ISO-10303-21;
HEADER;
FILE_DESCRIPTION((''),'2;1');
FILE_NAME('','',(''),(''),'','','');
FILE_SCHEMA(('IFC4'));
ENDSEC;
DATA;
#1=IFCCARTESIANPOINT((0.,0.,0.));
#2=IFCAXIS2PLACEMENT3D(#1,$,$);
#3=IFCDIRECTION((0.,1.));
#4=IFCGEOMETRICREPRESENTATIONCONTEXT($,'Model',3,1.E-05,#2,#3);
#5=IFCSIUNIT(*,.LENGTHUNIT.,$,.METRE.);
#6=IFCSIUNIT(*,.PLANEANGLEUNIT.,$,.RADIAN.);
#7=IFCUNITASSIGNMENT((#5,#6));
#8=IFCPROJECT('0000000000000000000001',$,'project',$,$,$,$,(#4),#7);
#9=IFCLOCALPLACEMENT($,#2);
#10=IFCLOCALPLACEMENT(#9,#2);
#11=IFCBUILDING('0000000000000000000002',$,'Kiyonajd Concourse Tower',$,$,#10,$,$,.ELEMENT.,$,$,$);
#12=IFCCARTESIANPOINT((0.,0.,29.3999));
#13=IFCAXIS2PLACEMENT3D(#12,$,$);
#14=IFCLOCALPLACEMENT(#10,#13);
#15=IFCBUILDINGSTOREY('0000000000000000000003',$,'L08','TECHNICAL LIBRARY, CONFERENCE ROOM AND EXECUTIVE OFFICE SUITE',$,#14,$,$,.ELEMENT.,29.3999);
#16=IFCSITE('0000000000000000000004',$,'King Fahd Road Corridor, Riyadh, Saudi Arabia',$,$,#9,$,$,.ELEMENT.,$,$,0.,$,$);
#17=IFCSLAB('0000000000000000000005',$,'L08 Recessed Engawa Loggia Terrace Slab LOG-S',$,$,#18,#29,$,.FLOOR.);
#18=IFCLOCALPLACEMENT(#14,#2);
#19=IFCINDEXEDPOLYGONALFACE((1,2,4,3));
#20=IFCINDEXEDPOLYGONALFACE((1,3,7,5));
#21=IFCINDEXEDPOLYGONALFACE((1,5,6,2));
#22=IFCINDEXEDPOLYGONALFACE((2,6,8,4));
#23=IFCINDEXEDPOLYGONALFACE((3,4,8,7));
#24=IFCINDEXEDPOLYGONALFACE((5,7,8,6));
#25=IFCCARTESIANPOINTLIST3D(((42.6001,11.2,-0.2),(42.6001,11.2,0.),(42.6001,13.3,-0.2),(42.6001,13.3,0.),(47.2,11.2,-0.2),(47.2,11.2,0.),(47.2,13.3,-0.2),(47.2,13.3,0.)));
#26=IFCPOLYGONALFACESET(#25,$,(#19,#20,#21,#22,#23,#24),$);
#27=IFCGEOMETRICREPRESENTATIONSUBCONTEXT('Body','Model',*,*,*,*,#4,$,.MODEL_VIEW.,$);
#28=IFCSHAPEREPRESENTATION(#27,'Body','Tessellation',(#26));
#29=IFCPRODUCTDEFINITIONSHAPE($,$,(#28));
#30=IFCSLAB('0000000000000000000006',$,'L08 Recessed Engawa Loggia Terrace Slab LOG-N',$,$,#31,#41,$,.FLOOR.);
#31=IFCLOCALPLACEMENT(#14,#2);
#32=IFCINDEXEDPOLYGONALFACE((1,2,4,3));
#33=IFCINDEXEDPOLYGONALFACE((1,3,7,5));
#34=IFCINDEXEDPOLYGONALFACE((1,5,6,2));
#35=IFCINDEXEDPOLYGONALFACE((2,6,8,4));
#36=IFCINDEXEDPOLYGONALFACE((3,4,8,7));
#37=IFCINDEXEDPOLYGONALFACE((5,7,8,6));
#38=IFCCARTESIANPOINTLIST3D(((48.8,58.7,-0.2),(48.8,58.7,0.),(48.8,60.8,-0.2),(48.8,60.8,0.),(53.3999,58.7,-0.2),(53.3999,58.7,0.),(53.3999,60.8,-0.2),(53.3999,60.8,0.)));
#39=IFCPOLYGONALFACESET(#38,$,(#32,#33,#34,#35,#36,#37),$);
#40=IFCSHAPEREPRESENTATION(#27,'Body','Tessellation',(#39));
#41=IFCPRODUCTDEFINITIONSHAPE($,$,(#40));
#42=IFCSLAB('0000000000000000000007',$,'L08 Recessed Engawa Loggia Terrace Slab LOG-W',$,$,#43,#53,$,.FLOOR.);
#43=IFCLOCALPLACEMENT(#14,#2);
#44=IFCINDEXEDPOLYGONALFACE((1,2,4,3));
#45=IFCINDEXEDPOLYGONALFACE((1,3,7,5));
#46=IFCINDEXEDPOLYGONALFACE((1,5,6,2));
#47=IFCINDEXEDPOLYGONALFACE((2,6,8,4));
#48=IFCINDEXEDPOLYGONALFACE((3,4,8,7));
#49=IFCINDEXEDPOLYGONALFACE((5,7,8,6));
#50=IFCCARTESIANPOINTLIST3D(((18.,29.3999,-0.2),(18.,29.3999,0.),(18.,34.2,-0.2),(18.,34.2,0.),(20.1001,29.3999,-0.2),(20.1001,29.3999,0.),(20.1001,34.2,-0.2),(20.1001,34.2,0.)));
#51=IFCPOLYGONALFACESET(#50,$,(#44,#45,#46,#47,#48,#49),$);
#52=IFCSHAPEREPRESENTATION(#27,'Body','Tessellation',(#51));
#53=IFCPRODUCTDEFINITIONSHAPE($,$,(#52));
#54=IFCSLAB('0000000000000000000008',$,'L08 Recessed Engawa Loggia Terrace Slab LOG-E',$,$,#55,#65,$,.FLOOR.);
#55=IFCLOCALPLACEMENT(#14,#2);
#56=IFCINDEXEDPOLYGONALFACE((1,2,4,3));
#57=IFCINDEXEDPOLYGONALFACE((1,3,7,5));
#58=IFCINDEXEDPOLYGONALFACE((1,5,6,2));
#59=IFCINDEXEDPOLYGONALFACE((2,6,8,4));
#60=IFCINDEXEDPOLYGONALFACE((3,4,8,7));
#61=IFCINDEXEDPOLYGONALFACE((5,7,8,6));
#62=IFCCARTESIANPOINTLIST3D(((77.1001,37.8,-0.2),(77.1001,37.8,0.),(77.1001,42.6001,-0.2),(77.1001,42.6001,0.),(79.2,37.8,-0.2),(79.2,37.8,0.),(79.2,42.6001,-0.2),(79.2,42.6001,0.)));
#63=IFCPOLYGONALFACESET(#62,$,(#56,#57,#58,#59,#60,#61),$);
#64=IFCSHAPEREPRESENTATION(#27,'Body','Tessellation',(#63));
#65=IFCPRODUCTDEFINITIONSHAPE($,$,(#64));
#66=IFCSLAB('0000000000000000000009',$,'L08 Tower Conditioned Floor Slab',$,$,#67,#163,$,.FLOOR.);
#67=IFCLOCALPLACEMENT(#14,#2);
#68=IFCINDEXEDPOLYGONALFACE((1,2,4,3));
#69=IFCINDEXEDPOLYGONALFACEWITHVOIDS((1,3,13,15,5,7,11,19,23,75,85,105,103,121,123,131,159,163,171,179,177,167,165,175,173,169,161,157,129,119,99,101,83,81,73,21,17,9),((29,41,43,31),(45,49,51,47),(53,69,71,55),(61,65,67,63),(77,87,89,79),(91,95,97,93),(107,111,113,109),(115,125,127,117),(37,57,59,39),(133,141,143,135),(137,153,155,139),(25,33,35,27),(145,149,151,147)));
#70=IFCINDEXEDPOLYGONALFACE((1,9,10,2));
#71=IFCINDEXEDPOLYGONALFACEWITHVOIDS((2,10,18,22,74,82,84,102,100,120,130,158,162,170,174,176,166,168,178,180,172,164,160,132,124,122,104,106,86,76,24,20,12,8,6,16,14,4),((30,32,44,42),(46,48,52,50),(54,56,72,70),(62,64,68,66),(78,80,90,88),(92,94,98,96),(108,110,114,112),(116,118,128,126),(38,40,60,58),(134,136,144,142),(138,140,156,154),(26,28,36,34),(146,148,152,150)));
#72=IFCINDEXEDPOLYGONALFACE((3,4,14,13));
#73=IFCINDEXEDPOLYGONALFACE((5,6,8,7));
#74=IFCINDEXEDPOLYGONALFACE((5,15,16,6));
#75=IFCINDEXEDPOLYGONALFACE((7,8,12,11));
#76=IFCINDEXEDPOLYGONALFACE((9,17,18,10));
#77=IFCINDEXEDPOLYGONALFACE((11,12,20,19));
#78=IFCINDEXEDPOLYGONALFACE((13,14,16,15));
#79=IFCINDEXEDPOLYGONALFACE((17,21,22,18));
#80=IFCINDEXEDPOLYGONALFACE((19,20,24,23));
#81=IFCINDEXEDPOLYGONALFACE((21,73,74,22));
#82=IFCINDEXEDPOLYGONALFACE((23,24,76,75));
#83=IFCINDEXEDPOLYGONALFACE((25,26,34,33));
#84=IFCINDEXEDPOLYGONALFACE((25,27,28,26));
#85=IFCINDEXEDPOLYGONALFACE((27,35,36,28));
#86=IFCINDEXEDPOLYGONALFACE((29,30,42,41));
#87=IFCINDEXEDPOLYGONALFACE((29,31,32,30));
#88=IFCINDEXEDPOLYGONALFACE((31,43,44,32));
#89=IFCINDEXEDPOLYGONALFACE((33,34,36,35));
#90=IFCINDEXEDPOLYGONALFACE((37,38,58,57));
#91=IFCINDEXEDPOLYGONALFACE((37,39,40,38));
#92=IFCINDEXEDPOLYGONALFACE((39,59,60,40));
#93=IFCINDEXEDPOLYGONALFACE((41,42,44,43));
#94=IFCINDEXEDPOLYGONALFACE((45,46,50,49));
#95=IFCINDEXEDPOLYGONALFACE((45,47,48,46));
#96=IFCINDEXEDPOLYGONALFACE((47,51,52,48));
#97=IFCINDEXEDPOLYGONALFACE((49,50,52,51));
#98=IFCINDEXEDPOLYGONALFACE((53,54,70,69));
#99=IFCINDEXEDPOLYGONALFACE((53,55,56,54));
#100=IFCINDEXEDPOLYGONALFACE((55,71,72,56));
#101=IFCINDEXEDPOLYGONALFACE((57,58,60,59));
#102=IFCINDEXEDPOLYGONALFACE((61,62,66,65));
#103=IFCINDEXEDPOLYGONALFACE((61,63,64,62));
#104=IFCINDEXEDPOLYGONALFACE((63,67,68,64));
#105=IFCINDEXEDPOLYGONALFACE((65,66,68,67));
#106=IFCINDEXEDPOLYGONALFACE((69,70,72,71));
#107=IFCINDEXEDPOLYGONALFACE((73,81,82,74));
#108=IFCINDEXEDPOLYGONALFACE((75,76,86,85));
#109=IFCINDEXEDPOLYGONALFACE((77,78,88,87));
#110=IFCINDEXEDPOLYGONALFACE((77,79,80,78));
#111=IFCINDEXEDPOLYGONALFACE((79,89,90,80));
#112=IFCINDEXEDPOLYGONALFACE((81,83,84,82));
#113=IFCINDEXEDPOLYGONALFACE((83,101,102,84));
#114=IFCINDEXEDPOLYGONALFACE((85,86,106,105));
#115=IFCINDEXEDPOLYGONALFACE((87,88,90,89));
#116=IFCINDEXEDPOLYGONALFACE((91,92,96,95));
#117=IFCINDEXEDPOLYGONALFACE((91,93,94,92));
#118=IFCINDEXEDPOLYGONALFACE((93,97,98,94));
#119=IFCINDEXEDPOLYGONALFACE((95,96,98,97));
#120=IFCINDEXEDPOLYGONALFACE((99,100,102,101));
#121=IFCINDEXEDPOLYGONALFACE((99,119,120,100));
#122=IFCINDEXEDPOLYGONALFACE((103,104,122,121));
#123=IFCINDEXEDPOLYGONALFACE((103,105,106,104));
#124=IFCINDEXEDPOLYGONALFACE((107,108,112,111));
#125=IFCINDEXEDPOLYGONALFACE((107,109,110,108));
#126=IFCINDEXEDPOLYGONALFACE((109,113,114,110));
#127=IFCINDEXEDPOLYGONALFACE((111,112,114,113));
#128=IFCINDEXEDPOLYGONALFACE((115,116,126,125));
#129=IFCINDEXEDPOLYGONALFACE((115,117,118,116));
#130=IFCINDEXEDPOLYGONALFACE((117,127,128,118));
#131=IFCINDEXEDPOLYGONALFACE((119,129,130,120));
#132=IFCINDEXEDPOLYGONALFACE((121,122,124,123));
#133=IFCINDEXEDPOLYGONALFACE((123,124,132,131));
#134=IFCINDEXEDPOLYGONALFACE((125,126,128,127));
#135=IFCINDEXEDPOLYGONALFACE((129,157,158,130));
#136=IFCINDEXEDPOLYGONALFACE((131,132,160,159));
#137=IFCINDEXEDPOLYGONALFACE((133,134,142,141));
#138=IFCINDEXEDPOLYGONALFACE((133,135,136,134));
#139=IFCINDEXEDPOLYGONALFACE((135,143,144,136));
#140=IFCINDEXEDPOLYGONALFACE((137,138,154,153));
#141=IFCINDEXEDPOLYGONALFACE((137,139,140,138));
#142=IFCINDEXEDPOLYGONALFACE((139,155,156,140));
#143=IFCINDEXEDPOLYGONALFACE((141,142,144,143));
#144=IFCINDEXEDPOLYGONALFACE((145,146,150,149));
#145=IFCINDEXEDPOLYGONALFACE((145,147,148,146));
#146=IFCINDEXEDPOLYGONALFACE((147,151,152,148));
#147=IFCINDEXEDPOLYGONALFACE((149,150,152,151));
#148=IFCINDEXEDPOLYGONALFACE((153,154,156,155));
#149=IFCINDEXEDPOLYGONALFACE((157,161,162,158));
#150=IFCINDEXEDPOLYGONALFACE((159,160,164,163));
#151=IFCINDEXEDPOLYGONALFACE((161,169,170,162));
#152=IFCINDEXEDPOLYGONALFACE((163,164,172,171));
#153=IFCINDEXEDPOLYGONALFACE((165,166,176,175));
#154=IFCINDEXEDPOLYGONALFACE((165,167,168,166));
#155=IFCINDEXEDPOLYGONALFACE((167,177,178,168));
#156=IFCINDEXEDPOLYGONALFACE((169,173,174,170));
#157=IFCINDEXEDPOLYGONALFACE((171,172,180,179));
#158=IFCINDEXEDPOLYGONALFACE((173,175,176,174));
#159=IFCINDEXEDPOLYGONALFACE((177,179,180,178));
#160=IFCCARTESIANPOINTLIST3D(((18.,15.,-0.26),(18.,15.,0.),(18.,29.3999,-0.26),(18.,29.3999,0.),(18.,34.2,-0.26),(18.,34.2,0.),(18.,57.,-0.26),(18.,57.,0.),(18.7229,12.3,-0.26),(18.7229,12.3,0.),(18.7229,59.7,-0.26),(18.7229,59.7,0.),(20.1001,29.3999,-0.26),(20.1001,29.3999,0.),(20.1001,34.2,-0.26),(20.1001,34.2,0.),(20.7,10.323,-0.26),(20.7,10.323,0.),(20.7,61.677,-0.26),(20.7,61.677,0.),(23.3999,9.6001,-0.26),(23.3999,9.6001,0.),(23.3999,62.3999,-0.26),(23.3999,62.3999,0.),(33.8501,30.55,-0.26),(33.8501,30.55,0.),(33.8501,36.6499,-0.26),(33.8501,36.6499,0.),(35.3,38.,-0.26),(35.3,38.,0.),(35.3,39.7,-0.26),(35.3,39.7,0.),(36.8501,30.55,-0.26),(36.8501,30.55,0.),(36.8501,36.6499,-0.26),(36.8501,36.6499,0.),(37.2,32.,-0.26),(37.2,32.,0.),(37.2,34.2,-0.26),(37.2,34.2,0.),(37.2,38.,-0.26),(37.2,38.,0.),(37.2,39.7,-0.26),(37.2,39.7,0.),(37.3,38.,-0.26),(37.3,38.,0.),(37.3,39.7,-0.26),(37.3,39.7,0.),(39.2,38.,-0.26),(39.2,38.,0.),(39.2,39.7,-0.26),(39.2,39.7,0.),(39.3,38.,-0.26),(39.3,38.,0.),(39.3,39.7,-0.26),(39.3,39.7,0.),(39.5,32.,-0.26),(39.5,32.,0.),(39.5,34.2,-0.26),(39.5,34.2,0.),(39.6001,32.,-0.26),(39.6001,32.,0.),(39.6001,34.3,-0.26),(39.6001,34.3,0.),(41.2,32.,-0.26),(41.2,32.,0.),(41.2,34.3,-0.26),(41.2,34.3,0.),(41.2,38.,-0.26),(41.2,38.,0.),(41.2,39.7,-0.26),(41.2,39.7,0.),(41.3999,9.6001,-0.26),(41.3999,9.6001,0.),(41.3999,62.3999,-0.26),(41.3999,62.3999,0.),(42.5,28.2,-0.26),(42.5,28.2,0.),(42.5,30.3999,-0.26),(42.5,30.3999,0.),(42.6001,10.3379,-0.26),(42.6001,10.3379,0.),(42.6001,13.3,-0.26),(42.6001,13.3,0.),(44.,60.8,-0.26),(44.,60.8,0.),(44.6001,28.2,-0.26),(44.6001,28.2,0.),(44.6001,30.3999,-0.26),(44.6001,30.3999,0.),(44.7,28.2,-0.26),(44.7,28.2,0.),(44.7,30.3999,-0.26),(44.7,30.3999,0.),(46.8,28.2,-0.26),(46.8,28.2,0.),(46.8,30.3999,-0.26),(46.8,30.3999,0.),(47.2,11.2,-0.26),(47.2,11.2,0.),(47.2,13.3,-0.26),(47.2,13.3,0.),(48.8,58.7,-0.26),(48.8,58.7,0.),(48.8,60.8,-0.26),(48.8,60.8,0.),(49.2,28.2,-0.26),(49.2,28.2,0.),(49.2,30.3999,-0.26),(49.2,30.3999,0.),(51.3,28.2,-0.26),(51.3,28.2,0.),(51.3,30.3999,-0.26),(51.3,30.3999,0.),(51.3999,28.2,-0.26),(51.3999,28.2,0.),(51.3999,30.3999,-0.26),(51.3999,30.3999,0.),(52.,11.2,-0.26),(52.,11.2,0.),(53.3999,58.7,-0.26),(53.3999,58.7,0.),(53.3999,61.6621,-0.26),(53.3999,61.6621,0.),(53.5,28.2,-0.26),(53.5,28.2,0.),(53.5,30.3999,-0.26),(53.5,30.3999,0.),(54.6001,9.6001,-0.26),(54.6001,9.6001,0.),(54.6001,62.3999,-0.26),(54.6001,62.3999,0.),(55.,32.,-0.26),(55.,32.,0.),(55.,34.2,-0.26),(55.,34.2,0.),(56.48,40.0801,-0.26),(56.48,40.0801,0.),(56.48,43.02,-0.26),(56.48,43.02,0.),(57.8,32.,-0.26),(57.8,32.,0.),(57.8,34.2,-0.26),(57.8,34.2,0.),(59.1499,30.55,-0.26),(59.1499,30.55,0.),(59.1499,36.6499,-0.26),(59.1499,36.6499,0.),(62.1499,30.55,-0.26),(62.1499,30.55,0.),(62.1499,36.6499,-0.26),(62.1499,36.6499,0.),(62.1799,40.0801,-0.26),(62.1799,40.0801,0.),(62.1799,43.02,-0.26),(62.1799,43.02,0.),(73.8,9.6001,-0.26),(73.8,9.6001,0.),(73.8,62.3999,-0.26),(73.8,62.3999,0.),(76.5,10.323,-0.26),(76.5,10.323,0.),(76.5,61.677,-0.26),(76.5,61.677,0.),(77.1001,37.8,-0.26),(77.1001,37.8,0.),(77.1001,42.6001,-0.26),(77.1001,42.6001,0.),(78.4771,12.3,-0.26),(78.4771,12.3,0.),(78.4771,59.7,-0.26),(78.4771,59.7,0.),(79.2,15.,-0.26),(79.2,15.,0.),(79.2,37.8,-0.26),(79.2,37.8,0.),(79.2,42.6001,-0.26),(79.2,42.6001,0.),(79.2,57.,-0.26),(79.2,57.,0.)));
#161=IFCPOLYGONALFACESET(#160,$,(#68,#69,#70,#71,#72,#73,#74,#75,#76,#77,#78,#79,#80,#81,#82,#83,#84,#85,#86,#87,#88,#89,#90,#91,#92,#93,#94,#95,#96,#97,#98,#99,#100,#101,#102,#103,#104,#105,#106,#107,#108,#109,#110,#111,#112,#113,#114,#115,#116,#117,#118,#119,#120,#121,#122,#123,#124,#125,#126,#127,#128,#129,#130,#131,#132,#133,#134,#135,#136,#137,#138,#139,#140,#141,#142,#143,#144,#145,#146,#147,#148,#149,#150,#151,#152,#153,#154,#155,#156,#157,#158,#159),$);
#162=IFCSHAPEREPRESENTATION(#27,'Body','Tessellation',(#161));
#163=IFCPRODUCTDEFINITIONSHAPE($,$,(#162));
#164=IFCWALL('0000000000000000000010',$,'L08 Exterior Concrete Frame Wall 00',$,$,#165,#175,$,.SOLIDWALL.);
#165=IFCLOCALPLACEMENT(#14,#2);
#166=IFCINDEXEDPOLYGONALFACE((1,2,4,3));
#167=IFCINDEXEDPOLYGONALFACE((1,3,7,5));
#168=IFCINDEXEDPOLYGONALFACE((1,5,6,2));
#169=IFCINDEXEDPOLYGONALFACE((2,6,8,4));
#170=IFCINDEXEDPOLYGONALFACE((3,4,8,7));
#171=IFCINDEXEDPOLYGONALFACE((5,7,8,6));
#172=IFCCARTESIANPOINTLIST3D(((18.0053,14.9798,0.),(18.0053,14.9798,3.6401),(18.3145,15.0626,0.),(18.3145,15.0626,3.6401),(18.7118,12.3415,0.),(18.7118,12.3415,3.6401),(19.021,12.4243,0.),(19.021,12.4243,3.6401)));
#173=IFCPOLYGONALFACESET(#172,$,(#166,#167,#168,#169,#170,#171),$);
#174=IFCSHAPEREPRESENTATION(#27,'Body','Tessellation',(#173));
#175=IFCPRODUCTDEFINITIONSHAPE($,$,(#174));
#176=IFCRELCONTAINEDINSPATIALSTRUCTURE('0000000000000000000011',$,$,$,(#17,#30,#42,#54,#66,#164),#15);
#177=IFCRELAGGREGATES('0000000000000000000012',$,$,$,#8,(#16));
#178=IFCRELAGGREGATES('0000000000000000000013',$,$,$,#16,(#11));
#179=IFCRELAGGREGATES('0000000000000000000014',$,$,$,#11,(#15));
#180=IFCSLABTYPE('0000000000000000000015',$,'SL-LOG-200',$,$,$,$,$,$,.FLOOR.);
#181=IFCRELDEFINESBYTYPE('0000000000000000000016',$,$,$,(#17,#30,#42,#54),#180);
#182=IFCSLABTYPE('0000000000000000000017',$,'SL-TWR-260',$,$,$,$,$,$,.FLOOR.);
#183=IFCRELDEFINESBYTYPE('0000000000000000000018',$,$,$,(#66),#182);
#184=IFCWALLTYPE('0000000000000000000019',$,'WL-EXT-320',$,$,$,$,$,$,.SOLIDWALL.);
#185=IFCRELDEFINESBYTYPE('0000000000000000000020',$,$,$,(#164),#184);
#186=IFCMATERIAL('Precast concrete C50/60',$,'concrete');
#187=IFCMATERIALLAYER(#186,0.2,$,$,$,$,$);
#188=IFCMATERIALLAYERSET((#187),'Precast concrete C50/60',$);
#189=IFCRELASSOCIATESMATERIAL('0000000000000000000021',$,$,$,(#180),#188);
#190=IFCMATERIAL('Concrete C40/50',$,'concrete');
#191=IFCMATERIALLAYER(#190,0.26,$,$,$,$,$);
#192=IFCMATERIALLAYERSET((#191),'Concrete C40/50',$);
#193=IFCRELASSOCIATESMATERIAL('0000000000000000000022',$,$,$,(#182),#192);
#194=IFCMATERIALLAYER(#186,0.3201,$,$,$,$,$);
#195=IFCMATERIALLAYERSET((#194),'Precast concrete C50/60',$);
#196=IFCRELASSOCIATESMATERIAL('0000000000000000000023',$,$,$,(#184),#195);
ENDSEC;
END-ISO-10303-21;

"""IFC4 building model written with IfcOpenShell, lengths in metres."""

from ifc_helpers import new_model, si_unit, direction, frame, frame_2d, origin, place, context, subcontext, project, spatial, polyline, rectangle, outline, extrude, material, layer, layer_set, type_object, element, save


model = new_model("IFC4")

# Units and contexts
model_context = context("Model", 3, precision=1e-05, world=origin(), true_north=direction((0.0, 1.0)))
body_context = subcontext(model_context, "Body", "Model", "MODEL_VIEW")
ifc_project = project(units=[si_unit("LENGTHUNIT", "METRE"), si_unit("PLANEANGLEUNIT", "RADIAN")], contexts=[model_context])

# Site, building, storey
site_placement = place(None, origin())
site = spatial("IfcSite", under=ifc_project, at=site_placement, Name="King Fahd Road Corridor, Riyadh, Saudi Arabia", CompositionType="ELEMENT", RefElevation=0.0)
building_placement = place(site_placement, origin())
building = spatial("IfcBuilding", under=site, at=building_placement, Name="Kiyonajd Concourse Tower", CompositionType="ELEMENT")
storey_placement = place(building_placement, frame((0.0, 0.0, 29.3999)))
storey = spatial("IfcBuildingStorey", under=building, at=storey_placement, Name="L08", Description="TECHNICAL LIBRARY, CONFERENCE ROOM AND EXECUTIVE OFFICE SUITE", CompositionType="ELEMENT", Elevation=29.3999)

# Shared definitions
ifc_material_1 = material(Name="Precast concrete C50/60", Category="concrete")

# Shared definitions
ifc_material_2 = material(Name="Concrete C40/50", Category="concrete")

# Slabs
ifc_layer_1 = layer(ifc_material_1, 0.2)
ifc_layer_set_1 = layer_set([ifc_layer_1], Name="Precast concrete C50/60")
slab_type_1 = type_object("IfcSlabType", Name="SL-LOG-200", PredefinedType="FLOOR", material=ifc_layer_set_1)
slab_1_placement = place(storey_placement, frame((0.0, 0.0, -0.2)))
element("IfcSlab", 1, at=slab_1_placement, inside=storey, type_object=slab_type_1, Name="L08 Recessed Engawa Loggia Terrace Slab LOG-S", PredefinedType="FLOOR", context=body_context, shape_type="SweptSolid", body=[
    extrude(outline(polyline([(42.6001, 11.2), (47.2, 11.2), (47.2, 13.3), (42.6001, 13.3), (42.6001, 11.2)])), origin(), (0.0, 0.0, 1.0), 0.2),
])
slab_2_placement = place(storey_placement, frame((0.0, 0.0, -0.2)))
element("IfcSlab", 2, at=slab_2_placement, inside=storey, type_object=slab_type_1, Name="L08 Recessed Engawa Loggia Terrace Slab LOG-N", PredefinedType="FLOOR", context=body_context, shape_type="SweptSolid", body=[
    extrude(outline(polyline([(48.8, 58.7), (53.3999, 58.7), (53.3999, 60.8), (48.8, 60.8), (48.8, 58.7)])), origin(), (0.0, 0.0, 1.0), 0.2),
])
slab_3_placement = place(storey_placement, frame((0.0, 0.0, -0.2)))
element("IfcSlab", 3, at=slab_3_placement, inside=storey, type_object=slab_type_1, Name="L08 Recessed Engawa Loggia Terrace Slab LOG-W", PredefinedType="FLOOR", context=body_context, shape_type="SweptSolid", body=[
    extrude(outline(polyline([(18.0, 29.3999), (20.1001, 29.3999), (20.1001, 34.2), (18.0, 34.2), (18.0, 29.3999)])), origin(), (0.0, 0.0, 1.0), 0.2),
])
slab_4_placement = place(storey_placement, frame((0.0, 0.0, -0.2)))
element("IfcSlab", 4, at=slab_4_placement, inside=storey, type_object=slab_type_1, Name="L08 Recessed Engawa Loggia Terrace Slab LOG-E", PredefinedType="FLOOR", context=body_context, shape_type="SweptSolid", body=[
    extrude(outline(polyline([(77.1001, 37.8), (79.2, 37.8), (79.2, 42.6001), (77.1001, 42.6001), (77.1001, 37.8)])), origin(), (0.0, 0.0, 1.0), 0.2),
])
ifc_layer_2 = layer(ifc_material_2, 0.26)
ifc_layer_set_2 = layer_set([ifc_layer_2], Name="Concrete C40/50")
slab_type_2 = type_object("IfcSlabType", Name="SL-TWR-260", PredefinedType="FLOOR", material=ifc_layer_set_2)
slab_5_placement = place(storey_placement, frame((0.0, 0.0, -0.26)))
element("IfcSlab", 5, at=slab_5_placement, inside=storey, type_object=slab_type_2, Name="L08 Tower Conditioned Floor Slab", PredefinedType="FLOOR", context=body_context, shape_type="SweptSolid", body=[
    extrude(outline(polyline([(18.7229, 12.3), (18.0, 15.0), (18.0, 29.3999), (20.1001, 29.3999), (20.1001, 34.2), (18.0, 34.2), (18.0, 57.0), (18.7229, 59.7), (20.7, 61.677), (23.3999, 62.3999), (41.3999, 62.3999), (44.0, 60.8), (48.8, 60.8), (48.8, 58.7), (53.3999, 58.7), (53.3999, 61.6621), (54.6001, 62.3999), (73.8, 62.3999), (76.5, 61.677), (78.4771, 59.7), (79.2, 57.0), (79.2, 42.6001), (77.1001, 42.6001), (77.1001, 37.8), (79.2, 37.8), (79.2, 15.0), (78.4771, 12.3), (76.5, 10.323), (73.8, 9.6001), (54.6001, 9.6001), (52.0, 11.2), (47.2, 11.2), (47.2, 13.3), (42.6001, 13.3), (42.6001, 10.3379), (41.3999, 9.6001), (23.3999, 9.6001), (20.7, 10.323), (18.7229, 12.3)]), holes=[polyline([(44.6001, 28.2), (42.5, 28.2), (42.5, 30.3999), (44.6001, 30.3999), (44.6001, 28.2)]), polyline([(37.2, 32.0), (37.2, 34.2), (39.5, 34.2), (39.5, 32.0), (37.2, 32.0)]), polyline([(39.6001, 32.0), (39.6001, 34.3), (41.2, 34.3), (41.2, 32.0), (39.6001, 32.0)]), polyline([(36.8501, 30.55), (33.8501, 30.55), (33.8501, 36.6499), (36.8501, 36.6499), (36.8501, 30.55)]), polyline([(35.3, 38.0), (35.3, 39.7), (37.2, 39.7), (37.2, 38.0), (35.3, 38.0)]), polyline([(37.3, 38.0), (37.3, 39.7), (39.2, 39.7), (39.2, 38.0), (37.3, 38.0)]), polyline([(41.2, 38.0), (39.3, 38.0), (39.3, 39.7), (41.2, 39.7), (41.2, 38.0)]), polyline([(44.7, 28.2), (44.7, 30.3999), (46.8, 30.3999), (46.8, 28.2), (44.7, 28.2)]), polyline([(49.2, 28.2), (49.2, 30.3999), (51.3, 30.3999), (51.3, 28.2), (49.2, 28.2)]), polyline([(51.3999, 28.2), (51.3999, 30.3999), (53.5, 30.3999), (53.5, 28.2), (51.3999, 28.2)]), polyline([(55.0, 32.0), (55.0, 34.2), (57.8, 34.2), (57.8, 32.0), (55.0, 32.0)]), polyline([(59.1499, 30.55), (59.1499, 36.6499), (62.1499, 36.6499), (62.1499, 30.55), (59.1499, 30.55)]), polyline([(56.48, 43.02), (62.1799, 43.02), (62.1799, 40.0801), (56.48, 40.0801), (56.48, 43.02)])]), origin(), (0.0, 0.0, 1.0), 0.26),
])

# Wall
ifc_layer_3 = layer(ifc_material_1, 0.3201)
ifc_layer_set_3 = layer_set([ifc_layer_3], Name="Precast concrete C50/60")
wall_type_1 = type_object("IfcWallType", Name="WL-EXT-320", PredefinedType="SOLIDWALL", material=ifc_layer_set_3)
wall_1_placement = place(storey_placement, frame((18.8665, 12.3828, 0.0), z_axis=(0.0, 0.0, 1.0), x_axis=(-0.258697, 0.965958, 0.0)))
element("IfcWall", 6, at=wall_1_placement, inside=storey, type_object=wall_type_1, Name="L08 Exterior Concrete Frame Wall 00", PredefinedType="SOLIDWALL", context=body_context, shape_type="SweptSolid", body=[
    extrude(rectangle(XDim=2.7312, YDim=0.3201, at=frame_2d((1.3657, 0.0))), origin(), (0.0, 0.0, 1.0), 3.6401),
])

save(model, "model.ifc")
